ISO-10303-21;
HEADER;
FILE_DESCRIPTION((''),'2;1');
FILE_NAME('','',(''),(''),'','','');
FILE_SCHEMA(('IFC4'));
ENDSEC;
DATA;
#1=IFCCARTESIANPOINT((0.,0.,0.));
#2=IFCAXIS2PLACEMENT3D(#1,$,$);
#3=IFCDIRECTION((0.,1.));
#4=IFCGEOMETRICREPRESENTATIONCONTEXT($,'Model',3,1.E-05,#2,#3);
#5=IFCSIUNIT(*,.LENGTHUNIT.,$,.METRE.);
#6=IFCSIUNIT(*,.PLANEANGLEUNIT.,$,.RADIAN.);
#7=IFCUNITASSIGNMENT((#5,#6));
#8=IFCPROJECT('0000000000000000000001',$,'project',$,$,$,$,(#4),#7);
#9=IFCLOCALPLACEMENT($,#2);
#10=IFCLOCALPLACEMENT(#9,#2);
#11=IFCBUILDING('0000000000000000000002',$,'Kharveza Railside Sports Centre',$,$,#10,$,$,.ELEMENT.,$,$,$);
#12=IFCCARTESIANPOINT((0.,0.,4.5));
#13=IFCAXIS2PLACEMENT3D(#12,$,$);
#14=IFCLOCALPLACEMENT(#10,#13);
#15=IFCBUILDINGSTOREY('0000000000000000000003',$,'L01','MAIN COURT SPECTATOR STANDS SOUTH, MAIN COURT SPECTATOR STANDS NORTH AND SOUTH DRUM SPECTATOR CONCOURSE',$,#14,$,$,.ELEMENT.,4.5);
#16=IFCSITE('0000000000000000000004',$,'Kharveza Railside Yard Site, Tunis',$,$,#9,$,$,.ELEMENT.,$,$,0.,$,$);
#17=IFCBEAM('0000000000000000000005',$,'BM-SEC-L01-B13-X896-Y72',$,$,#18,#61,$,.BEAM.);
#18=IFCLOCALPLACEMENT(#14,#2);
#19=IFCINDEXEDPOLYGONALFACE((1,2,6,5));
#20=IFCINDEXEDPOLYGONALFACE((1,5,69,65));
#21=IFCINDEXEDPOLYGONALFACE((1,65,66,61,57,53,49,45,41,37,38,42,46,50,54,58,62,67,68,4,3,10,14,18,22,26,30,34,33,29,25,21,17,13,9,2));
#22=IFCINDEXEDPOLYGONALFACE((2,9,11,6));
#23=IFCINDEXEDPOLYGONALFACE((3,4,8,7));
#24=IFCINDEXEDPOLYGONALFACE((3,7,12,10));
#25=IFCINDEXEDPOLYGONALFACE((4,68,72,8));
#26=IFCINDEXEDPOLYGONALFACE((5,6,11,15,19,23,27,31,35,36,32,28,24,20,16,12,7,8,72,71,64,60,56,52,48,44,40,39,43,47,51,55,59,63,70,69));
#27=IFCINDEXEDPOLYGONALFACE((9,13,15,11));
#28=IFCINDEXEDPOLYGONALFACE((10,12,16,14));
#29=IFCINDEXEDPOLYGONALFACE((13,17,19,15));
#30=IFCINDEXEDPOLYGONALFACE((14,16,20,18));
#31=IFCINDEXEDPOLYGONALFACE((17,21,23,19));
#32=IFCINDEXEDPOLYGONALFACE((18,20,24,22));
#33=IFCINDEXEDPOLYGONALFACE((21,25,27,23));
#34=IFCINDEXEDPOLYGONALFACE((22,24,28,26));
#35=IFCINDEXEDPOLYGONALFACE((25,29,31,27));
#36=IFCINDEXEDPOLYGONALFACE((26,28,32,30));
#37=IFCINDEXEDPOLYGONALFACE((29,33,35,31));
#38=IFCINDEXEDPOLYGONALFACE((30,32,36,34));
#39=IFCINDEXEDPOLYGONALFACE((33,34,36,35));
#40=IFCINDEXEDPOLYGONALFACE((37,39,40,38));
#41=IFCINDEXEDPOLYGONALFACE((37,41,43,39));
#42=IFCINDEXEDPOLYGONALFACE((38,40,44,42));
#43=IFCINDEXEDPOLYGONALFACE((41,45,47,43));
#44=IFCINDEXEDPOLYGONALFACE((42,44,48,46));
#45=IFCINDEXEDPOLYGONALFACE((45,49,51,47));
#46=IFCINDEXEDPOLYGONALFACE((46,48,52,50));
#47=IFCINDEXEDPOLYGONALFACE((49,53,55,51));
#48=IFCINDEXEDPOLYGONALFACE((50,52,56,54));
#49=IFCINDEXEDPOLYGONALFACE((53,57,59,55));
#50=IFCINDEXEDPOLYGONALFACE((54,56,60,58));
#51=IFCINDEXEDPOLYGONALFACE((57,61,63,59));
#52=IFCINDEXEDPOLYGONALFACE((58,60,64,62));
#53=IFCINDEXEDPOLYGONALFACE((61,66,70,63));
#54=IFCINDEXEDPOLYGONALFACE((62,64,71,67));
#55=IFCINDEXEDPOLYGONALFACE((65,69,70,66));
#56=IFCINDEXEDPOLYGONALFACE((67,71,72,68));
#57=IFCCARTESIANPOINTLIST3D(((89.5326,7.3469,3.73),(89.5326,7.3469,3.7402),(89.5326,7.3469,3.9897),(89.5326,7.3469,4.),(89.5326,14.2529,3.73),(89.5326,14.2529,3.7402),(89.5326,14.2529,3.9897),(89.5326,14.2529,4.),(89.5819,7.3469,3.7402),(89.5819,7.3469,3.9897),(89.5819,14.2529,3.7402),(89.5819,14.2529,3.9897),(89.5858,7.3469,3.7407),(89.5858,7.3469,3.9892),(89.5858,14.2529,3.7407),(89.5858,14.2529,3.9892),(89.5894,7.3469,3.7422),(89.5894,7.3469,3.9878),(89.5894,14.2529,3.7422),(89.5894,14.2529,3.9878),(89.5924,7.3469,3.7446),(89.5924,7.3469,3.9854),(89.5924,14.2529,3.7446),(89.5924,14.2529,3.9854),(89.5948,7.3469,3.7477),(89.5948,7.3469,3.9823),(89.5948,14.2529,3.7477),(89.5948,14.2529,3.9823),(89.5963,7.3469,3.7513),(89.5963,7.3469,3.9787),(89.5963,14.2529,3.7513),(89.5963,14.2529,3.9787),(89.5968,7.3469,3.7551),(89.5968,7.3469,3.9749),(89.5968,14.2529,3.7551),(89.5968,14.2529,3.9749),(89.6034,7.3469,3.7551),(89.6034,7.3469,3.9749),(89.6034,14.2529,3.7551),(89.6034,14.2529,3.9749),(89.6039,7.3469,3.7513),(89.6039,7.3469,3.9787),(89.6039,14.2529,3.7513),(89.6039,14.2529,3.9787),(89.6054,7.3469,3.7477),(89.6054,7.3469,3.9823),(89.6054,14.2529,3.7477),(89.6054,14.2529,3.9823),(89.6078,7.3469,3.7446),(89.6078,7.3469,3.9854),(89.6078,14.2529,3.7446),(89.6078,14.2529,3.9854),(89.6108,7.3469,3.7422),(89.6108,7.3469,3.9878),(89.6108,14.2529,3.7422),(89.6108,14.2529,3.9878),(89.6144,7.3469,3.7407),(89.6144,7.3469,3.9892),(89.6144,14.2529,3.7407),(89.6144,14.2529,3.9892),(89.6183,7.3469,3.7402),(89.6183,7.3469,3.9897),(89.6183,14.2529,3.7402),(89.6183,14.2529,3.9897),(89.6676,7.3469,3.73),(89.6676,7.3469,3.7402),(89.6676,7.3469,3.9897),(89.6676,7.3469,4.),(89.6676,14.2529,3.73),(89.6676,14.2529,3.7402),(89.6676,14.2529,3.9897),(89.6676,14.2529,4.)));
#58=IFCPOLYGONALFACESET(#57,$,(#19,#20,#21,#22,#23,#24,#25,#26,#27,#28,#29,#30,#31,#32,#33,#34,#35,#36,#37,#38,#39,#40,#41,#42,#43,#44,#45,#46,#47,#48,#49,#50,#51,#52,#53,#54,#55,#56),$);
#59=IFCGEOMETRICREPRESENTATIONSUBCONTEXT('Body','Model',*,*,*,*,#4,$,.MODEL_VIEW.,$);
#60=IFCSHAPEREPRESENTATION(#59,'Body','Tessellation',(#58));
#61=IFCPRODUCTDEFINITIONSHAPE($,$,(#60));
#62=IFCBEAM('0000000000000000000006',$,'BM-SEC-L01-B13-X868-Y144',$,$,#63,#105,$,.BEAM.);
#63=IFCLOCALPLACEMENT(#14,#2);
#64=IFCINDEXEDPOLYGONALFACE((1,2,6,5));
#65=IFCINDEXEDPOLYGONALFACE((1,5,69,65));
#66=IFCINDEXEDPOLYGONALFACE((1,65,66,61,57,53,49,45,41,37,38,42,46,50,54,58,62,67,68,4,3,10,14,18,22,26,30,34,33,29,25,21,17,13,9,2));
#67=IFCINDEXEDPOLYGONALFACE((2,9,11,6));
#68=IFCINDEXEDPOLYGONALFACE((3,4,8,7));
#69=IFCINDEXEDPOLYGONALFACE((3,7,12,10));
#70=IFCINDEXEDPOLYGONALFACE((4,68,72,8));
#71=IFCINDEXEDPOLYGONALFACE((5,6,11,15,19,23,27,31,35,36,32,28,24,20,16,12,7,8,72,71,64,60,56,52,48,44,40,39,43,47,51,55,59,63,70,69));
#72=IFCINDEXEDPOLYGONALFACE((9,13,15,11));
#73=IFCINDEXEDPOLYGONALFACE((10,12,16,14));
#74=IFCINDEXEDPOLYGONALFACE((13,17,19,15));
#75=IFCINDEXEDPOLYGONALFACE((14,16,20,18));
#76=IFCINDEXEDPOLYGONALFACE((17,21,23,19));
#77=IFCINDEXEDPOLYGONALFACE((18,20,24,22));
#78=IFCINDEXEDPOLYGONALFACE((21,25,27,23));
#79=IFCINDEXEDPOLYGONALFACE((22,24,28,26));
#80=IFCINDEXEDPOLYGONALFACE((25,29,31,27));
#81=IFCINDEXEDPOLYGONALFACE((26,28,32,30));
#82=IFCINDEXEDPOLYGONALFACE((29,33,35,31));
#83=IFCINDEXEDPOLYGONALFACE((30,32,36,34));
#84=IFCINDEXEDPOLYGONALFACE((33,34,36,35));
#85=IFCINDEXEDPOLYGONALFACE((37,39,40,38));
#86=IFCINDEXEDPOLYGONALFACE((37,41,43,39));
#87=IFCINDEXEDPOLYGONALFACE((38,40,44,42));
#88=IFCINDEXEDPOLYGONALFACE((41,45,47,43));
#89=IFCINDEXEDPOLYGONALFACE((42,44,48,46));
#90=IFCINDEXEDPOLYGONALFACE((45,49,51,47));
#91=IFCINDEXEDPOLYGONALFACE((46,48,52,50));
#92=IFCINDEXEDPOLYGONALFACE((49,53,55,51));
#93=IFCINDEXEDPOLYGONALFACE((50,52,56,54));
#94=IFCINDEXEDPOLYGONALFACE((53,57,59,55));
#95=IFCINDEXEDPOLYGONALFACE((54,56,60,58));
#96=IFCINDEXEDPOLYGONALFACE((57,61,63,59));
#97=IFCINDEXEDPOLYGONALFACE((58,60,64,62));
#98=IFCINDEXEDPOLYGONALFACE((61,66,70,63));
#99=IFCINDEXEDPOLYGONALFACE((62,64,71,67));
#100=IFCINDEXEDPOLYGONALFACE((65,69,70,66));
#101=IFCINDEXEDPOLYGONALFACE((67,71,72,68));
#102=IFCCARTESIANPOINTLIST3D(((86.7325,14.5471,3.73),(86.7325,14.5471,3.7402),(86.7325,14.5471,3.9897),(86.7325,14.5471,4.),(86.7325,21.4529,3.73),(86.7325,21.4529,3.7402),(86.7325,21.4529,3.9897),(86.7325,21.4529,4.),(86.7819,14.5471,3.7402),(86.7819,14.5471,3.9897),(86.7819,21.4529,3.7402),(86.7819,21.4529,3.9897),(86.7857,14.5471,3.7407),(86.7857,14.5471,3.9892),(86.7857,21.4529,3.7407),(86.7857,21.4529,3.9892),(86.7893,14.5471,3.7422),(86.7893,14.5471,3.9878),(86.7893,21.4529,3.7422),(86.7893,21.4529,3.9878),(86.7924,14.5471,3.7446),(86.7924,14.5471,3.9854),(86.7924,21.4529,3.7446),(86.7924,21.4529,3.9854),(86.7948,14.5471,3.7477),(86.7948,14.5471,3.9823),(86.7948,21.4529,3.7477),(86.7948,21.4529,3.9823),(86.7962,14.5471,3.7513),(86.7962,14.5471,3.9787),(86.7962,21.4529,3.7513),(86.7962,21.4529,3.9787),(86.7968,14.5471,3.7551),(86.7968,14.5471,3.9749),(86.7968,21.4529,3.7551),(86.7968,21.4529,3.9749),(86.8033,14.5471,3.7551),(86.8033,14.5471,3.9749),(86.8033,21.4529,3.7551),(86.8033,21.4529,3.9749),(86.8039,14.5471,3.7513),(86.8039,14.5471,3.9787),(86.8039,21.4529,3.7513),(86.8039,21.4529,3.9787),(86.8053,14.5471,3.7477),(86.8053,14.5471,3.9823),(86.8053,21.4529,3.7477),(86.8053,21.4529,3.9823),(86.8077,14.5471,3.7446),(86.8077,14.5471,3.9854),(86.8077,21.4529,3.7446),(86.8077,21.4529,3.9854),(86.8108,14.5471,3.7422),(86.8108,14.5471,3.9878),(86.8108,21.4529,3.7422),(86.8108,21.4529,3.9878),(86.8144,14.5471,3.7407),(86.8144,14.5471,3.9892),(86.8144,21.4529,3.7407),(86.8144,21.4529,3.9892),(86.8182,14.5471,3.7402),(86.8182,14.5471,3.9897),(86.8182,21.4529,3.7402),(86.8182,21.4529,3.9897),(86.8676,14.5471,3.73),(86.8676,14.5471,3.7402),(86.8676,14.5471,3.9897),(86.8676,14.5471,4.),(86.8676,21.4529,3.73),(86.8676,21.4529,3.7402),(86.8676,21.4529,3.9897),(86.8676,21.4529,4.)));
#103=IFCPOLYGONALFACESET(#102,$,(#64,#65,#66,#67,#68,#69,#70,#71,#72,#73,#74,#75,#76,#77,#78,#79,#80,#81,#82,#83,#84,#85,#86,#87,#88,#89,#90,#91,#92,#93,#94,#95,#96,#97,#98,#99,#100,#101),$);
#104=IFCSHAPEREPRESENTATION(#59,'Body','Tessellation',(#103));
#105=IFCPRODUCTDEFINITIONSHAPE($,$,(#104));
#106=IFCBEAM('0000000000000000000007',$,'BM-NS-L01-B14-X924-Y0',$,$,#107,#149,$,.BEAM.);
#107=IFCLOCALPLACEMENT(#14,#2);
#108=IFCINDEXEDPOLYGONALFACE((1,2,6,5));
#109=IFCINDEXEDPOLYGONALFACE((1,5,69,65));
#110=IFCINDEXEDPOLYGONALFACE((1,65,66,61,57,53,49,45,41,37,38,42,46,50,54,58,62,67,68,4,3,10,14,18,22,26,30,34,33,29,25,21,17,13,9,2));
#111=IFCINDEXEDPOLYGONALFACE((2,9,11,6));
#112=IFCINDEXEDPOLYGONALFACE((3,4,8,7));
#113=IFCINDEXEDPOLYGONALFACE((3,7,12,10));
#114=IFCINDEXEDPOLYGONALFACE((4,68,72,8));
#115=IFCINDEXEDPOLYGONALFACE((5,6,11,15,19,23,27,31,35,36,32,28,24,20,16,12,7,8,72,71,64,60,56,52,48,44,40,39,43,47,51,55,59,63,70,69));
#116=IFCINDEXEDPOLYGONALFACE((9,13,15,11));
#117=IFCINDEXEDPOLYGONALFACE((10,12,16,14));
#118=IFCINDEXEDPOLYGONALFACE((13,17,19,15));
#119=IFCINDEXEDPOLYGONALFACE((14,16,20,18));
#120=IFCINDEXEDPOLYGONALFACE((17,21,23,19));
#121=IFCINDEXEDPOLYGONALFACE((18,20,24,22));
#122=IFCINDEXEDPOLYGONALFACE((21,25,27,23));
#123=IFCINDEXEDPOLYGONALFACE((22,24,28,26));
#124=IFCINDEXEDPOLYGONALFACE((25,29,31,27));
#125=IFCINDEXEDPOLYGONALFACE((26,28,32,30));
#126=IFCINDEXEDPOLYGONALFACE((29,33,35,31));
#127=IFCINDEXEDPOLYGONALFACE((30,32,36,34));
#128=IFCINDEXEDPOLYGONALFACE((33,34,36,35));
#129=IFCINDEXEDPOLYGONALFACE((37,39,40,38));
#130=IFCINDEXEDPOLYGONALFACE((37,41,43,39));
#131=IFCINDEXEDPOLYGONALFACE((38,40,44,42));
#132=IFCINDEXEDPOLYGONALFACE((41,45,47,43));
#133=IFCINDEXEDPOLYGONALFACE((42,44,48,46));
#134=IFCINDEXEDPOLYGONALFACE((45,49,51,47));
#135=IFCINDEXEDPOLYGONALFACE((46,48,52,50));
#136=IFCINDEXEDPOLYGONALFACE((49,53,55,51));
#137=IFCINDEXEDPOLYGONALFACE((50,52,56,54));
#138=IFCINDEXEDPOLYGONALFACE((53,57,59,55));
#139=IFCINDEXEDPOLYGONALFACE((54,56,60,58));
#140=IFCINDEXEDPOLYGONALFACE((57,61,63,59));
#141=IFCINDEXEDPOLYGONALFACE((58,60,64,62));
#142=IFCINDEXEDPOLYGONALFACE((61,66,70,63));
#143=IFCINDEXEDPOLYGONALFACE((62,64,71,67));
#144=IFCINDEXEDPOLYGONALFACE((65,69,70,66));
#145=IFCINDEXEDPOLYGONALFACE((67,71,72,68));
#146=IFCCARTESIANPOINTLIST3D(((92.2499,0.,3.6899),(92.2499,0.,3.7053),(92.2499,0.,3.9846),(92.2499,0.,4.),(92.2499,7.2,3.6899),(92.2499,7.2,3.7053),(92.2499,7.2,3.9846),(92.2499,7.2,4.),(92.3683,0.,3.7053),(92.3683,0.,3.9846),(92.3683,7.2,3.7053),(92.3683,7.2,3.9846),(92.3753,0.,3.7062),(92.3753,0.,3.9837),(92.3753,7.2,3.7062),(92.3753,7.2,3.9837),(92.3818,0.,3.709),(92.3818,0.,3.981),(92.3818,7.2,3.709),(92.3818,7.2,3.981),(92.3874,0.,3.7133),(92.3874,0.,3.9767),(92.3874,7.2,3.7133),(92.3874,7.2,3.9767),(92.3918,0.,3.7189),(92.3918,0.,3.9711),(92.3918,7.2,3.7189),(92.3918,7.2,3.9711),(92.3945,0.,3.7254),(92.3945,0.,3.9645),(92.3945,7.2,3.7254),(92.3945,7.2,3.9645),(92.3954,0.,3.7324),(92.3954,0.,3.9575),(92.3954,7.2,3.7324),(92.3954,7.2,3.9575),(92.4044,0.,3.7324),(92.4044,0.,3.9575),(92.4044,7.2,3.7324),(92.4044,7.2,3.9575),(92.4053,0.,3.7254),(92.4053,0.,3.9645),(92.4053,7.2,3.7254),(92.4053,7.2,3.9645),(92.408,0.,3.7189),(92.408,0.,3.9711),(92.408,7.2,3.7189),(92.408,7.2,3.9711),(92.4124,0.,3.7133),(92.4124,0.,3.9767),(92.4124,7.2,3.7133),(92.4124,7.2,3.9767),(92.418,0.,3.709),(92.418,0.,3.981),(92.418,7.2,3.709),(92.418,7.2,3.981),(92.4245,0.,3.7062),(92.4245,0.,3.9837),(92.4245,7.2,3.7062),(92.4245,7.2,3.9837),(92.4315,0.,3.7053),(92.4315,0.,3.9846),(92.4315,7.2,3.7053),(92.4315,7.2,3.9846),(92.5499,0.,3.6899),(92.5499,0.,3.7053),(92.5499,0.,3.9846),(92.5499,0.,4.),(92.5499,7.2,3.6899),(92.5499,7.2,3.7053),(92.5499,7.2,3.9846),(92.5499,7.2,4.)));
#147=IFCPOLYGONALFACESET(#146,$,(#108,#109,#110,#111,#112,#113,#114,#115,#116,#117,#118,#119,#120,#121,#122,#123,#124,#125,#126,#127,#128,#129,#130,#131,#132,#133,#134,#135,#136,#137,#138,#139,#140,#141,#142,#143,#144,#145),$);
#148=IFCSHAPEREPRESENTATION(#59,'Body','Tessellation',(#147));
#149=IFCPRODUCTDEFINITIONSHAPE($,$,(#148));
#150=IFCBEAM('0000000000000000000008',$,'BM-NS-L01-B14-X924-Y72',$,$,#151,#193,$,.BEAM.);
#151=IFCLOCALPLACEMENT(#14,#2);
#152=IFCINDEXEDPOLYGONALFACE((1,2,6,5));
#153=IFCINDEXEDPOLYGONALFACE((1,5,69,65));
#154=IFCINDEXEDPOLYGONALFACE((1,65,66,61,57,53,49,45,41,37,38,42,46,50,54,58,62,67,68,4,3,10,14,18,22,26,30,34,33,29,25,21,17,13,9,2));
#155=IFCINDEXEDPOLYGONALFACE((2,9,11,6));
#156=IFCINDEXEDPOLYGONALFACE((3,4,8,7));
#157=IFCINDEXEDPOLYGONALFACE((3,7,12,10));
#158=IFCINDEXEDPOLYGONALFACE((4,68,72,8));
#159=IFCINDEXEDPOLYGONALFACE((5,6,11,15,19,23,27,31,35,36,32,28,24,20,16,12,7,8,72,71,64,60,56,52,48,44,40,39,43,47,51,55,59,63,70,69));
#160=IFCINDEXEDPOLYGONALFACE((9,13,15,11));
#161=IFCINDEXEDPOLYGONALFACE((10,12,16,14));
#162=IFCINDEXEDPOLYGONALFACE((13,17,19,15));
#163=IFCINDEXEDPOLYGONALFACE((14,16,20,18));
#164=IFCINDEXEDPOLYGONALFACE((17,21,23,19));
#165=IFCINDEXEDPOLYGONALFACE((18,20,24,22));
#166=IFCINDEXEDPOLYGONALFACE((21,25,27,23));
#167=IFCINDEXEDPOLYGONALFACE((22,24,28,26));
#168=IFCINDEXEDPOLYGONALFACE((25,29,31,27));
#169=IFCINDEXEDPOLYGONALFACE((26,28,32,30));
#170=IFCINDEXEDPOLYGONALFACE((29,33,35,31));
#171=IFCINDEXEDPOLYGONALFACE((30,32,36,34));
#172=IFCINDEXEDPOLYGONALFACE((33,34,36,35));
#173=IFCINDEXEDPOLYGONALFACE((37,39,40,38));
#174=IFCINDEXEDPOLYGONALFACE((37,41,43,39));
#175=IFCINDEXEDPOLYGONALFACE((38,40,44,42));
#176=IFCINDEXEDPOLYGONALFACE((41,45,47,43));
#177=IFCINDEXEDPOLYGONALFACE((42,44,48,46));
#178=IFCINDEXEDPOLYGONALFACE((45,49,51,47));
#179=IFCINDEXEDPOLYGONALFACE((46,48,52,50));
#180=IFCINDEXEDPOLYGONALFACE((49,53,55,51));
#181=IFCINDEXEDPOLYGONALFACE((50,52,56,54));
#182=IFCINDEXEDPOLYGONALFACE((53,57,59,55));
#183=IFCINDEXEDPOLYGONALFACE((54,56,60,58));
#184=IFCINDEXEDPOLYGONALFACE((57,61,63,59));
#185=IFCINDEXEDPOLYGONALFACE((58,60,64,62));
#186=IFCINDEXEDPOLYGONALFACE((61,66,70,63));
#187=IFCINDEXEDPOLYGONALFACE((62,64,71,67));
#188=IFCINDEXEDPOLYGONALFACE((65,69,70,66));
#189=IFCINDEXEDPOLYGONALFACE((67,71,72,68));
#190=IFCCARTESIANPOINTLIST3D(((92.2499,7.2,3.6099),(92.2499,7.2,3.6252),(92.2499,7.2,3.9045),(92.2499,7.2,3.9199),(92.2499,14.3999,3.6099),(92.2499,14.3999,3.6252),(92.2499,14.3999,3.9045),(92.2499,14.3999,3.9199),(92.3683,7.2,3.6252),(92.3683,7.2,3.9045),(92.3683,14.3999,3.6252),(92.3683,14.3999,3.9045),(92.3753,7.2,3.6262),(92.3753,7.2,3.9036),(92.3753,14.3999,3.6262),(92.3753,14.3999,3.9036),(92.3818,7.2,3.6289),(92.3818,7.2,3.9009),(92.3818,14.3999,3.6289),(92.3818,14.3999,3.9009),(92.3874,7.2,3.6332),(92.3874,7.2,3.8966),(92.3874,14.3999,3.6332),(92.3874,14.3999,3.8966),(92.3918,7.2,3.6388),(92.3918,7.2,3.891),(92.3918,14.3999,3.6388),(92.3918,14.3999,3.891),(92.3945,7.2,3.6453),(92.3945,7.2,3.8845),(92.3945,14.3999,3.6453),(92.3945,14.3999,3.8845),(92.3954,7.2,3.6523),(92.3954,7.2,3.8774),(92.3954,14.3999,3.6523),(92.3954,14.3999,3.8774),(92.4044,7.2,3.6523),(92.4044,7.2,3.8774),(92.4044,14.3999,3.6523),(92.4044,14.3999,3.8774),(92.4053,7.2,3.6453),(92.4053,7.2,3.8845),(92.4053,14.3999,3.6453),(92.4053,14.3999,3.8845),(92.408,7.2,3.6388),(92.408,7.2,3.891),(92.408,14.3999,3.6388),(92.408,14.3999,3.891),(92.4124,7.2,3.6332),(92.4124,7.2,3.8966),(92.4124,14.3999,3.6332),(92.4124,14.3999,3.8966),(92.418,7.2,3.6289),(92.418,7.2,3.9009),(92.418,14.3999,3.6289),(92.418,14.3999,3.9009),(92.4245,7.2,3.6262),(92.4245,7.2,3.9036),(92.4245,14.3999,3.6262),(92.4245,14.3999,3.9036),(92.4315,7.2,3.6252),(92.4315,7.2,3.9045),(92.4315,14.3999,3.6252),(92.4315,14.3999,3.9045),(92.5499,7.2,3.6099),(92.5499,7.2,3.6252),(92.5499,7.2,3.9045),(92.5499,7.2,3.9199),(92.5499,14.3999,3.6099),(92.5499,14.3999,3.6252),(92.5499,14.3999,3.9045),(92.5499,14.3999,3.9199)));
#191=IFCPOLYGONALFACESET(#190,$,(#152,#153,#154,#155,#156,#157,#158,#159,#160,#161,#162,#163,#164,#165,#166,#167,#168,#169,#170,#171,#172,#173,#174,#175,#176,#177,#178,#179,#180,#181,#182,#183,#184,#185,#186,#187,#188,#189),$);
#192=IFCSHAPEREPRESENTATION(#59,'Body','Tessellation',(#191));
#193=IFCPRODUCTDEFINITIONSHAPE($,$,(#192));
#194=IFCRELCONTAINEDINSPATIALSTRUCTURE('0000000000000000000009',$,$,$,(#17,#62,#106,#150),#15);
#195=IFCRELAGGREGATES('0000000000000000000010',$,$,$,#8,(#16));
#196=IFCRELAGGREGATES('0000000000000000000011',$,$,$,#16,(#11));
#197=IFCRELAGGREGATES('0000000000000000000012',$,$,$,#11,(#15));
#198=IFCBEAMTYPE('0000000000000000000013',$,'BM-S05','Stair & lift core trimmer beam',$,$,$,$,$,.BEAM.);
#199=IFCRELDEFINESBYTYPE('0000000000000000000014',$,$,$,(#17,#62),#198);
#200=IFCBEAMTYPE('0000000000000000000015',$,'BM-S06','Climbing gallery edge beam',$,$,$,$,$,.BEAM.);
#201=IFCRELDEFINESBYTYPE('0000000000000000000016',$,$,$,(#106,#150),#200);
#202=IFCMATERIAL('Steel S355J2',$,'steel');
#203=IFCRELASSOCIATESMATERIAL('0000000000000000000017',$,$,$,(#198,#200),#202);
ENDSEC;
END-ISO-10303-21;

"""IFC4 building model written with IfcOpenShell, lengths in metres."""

from ifc_helpers import new_model, si_unit, direction, frame, origin, origin_2d, place, context, subcontext, project, spatial, i_section, extrude, material, material_profile, profile_set, type_object, element, save


model = new_model("IFC4")

# Units and contexts
model_context = context("Model", 3, precision=1e-05, world=origin(), true_north=direction((0.0, 1.0)))
body_context = subcontext(model_context, "Body", "Model", "MODEL_VIEW")
ifc_project = project(units=[si_unit("LENGTHUNIT", "METRE"), si_unit("PLANEANGLEUNIT", "RADIAN")], contexts=[model_context])

# Site, building, storey
site_placement = place(None, origin())
site = spatial("IfcSite", under=ifc_project, at=site_placement, Name="Kharveza Railside Yard Site, Tunis", CompositionType="ELEMENT", RefElevation=0.0)
building_placement = place(site_placement, origin())
building = spatial("IfcBuilding", under=site, at=building_placement, Name="Kharveza Railside Sports Centre", CompositionType="ELEMENT")
storey_placement = place(building_placement, frame((0.0, 0.0, 4.5)))
storey = spatial("IfcBuildingStorey", under=building, at=storey_placement, Name="L01", Description="MAIN COURT SPECTATOR STANDS SOUTH, MAIN COURT SPECTATOR STANDS NORTH AND SOUTH DRUM SPECTATOR CONCOURSE", CompositionType="ELEMENT", Elevation=4.5)

# Shared definitions
ifc_material_1 = material(Name="Steel S355J2", Category="steel")

# Beams
ifc_material_profile_1 = material_profile(ifc_material_1, i_section(OverallWidth=0.135, OverallDepth=0.27, WebThickness=0.0066, FlangeThickness=0.0103, FilletRadius=0.0149, at=origin_2d()), Name="IPE 270")
ifc_profile_set_1 = profile_set([ifc_material_profile_1], Name="Steel S355J2")
beam_type_1 = type_object("IfcBeamType", Name="BM-S05", Description="Stair & lift core trimmer beam", PredefinedType="BEAM", material=ifc_profile_set_1)
beam_1_placement = place(storey_placement, frame((89.6001, 7.3469, 3.865), z_axis=(0.0, 1.0, 0.0), x_axis=(-1.0, 0.0, 0.0)))
element("IfcBeam", 1, at=beam_1_placement, inside=storey, type_object=beam_type_1, Name="BM-SEC-L01-B13-X896-Y72", PredefinedType="BEAM", context=body_context, shape_type="SweptSolid", body=[
    extrude(i_section(OverallWidth=0.135, OverallDepth=0.27, WebThickness=0.0066, FlangeThickness=0.0103, FilletRadius=0.0149, at=origin_2d()), origin(), (0.0, 0.0, 1.0), 6.906),
])
beam_2_placement = place(storey_placement, frame((86.8, 14.5471, 3.865), z_axis=(0.0, 1.0, 0.0), x_axis=(-1.0, 0.0, 0.0)))
element("IfcBeam", 2, at=beam_2_placement, inside=storey, type_object=beam_type_1, Name="BM-SEC-L01-B13-X868-Y144", PredefinedType="BEAM", context=body_context, shape_type="SweptSolid", body=[
    extrude(i_section(OverallWidth=0.135, OverallDepth=0.27, WebThickness=0.0066, FlangeThickness=0.0103, FilletRadius=0.0149, at=origin_2d()), origin(), (0.0, 0.0, 1.0), 6.9058),
])
ifc_material_profile_2 = material_profile(ifc_material_1, i_section(OverallWidth=0.3, OverallDepth=0.3101, WebThickness=0.009, FlangeThickness=0.0154, FilletRadius=0.0271, at=origin_2d()), Name="HEA 320")
ifc_profile_set_2 = profile_set([ifc_material_profile_2], Name="Steel S355J2")
beam_type_2 = type_object("IfcBeamType", Name="BM-S06", Description="Climbing gallery edge beam", PredefinedType="BEAM", material=ifc_profile_set_2)
for number, where, z_axis, x_axis, name in (
    (3, (92.3999, 0.0, 3.845), (0.0, 1.0, 0.0), (-1.0, 0.0, 0.0), "BM-NS-L01-B14-X924-Y0"),
    (4, (92.3999, 7.2, 3.7649), (0.0, 1.0, 0.0), (-1.0, 0.0, 0.0), "BM-NS-L01-B14-X924-Y72"),
):
    element("IfcBeam", number, at=place(storey_placement, frame(where, z_axis=z_axis, x_axis=x_axis)), inside=storey, type_object=beam_type_2, Name=name, PredefinedType="BEAM", context=body_context, shape_type="SweptSolid", body=[
        extrude(i_section(OverallWidth=0.3, OverallDepth=0.3101, WebThickness=0.009, FlangeThickness=0.0154, FilletRadius=0.0271, at=origin_2d()), origin(), (0.0, 0.0, 1.0), 7.2),
    ])

save(model, "model.ifc")
